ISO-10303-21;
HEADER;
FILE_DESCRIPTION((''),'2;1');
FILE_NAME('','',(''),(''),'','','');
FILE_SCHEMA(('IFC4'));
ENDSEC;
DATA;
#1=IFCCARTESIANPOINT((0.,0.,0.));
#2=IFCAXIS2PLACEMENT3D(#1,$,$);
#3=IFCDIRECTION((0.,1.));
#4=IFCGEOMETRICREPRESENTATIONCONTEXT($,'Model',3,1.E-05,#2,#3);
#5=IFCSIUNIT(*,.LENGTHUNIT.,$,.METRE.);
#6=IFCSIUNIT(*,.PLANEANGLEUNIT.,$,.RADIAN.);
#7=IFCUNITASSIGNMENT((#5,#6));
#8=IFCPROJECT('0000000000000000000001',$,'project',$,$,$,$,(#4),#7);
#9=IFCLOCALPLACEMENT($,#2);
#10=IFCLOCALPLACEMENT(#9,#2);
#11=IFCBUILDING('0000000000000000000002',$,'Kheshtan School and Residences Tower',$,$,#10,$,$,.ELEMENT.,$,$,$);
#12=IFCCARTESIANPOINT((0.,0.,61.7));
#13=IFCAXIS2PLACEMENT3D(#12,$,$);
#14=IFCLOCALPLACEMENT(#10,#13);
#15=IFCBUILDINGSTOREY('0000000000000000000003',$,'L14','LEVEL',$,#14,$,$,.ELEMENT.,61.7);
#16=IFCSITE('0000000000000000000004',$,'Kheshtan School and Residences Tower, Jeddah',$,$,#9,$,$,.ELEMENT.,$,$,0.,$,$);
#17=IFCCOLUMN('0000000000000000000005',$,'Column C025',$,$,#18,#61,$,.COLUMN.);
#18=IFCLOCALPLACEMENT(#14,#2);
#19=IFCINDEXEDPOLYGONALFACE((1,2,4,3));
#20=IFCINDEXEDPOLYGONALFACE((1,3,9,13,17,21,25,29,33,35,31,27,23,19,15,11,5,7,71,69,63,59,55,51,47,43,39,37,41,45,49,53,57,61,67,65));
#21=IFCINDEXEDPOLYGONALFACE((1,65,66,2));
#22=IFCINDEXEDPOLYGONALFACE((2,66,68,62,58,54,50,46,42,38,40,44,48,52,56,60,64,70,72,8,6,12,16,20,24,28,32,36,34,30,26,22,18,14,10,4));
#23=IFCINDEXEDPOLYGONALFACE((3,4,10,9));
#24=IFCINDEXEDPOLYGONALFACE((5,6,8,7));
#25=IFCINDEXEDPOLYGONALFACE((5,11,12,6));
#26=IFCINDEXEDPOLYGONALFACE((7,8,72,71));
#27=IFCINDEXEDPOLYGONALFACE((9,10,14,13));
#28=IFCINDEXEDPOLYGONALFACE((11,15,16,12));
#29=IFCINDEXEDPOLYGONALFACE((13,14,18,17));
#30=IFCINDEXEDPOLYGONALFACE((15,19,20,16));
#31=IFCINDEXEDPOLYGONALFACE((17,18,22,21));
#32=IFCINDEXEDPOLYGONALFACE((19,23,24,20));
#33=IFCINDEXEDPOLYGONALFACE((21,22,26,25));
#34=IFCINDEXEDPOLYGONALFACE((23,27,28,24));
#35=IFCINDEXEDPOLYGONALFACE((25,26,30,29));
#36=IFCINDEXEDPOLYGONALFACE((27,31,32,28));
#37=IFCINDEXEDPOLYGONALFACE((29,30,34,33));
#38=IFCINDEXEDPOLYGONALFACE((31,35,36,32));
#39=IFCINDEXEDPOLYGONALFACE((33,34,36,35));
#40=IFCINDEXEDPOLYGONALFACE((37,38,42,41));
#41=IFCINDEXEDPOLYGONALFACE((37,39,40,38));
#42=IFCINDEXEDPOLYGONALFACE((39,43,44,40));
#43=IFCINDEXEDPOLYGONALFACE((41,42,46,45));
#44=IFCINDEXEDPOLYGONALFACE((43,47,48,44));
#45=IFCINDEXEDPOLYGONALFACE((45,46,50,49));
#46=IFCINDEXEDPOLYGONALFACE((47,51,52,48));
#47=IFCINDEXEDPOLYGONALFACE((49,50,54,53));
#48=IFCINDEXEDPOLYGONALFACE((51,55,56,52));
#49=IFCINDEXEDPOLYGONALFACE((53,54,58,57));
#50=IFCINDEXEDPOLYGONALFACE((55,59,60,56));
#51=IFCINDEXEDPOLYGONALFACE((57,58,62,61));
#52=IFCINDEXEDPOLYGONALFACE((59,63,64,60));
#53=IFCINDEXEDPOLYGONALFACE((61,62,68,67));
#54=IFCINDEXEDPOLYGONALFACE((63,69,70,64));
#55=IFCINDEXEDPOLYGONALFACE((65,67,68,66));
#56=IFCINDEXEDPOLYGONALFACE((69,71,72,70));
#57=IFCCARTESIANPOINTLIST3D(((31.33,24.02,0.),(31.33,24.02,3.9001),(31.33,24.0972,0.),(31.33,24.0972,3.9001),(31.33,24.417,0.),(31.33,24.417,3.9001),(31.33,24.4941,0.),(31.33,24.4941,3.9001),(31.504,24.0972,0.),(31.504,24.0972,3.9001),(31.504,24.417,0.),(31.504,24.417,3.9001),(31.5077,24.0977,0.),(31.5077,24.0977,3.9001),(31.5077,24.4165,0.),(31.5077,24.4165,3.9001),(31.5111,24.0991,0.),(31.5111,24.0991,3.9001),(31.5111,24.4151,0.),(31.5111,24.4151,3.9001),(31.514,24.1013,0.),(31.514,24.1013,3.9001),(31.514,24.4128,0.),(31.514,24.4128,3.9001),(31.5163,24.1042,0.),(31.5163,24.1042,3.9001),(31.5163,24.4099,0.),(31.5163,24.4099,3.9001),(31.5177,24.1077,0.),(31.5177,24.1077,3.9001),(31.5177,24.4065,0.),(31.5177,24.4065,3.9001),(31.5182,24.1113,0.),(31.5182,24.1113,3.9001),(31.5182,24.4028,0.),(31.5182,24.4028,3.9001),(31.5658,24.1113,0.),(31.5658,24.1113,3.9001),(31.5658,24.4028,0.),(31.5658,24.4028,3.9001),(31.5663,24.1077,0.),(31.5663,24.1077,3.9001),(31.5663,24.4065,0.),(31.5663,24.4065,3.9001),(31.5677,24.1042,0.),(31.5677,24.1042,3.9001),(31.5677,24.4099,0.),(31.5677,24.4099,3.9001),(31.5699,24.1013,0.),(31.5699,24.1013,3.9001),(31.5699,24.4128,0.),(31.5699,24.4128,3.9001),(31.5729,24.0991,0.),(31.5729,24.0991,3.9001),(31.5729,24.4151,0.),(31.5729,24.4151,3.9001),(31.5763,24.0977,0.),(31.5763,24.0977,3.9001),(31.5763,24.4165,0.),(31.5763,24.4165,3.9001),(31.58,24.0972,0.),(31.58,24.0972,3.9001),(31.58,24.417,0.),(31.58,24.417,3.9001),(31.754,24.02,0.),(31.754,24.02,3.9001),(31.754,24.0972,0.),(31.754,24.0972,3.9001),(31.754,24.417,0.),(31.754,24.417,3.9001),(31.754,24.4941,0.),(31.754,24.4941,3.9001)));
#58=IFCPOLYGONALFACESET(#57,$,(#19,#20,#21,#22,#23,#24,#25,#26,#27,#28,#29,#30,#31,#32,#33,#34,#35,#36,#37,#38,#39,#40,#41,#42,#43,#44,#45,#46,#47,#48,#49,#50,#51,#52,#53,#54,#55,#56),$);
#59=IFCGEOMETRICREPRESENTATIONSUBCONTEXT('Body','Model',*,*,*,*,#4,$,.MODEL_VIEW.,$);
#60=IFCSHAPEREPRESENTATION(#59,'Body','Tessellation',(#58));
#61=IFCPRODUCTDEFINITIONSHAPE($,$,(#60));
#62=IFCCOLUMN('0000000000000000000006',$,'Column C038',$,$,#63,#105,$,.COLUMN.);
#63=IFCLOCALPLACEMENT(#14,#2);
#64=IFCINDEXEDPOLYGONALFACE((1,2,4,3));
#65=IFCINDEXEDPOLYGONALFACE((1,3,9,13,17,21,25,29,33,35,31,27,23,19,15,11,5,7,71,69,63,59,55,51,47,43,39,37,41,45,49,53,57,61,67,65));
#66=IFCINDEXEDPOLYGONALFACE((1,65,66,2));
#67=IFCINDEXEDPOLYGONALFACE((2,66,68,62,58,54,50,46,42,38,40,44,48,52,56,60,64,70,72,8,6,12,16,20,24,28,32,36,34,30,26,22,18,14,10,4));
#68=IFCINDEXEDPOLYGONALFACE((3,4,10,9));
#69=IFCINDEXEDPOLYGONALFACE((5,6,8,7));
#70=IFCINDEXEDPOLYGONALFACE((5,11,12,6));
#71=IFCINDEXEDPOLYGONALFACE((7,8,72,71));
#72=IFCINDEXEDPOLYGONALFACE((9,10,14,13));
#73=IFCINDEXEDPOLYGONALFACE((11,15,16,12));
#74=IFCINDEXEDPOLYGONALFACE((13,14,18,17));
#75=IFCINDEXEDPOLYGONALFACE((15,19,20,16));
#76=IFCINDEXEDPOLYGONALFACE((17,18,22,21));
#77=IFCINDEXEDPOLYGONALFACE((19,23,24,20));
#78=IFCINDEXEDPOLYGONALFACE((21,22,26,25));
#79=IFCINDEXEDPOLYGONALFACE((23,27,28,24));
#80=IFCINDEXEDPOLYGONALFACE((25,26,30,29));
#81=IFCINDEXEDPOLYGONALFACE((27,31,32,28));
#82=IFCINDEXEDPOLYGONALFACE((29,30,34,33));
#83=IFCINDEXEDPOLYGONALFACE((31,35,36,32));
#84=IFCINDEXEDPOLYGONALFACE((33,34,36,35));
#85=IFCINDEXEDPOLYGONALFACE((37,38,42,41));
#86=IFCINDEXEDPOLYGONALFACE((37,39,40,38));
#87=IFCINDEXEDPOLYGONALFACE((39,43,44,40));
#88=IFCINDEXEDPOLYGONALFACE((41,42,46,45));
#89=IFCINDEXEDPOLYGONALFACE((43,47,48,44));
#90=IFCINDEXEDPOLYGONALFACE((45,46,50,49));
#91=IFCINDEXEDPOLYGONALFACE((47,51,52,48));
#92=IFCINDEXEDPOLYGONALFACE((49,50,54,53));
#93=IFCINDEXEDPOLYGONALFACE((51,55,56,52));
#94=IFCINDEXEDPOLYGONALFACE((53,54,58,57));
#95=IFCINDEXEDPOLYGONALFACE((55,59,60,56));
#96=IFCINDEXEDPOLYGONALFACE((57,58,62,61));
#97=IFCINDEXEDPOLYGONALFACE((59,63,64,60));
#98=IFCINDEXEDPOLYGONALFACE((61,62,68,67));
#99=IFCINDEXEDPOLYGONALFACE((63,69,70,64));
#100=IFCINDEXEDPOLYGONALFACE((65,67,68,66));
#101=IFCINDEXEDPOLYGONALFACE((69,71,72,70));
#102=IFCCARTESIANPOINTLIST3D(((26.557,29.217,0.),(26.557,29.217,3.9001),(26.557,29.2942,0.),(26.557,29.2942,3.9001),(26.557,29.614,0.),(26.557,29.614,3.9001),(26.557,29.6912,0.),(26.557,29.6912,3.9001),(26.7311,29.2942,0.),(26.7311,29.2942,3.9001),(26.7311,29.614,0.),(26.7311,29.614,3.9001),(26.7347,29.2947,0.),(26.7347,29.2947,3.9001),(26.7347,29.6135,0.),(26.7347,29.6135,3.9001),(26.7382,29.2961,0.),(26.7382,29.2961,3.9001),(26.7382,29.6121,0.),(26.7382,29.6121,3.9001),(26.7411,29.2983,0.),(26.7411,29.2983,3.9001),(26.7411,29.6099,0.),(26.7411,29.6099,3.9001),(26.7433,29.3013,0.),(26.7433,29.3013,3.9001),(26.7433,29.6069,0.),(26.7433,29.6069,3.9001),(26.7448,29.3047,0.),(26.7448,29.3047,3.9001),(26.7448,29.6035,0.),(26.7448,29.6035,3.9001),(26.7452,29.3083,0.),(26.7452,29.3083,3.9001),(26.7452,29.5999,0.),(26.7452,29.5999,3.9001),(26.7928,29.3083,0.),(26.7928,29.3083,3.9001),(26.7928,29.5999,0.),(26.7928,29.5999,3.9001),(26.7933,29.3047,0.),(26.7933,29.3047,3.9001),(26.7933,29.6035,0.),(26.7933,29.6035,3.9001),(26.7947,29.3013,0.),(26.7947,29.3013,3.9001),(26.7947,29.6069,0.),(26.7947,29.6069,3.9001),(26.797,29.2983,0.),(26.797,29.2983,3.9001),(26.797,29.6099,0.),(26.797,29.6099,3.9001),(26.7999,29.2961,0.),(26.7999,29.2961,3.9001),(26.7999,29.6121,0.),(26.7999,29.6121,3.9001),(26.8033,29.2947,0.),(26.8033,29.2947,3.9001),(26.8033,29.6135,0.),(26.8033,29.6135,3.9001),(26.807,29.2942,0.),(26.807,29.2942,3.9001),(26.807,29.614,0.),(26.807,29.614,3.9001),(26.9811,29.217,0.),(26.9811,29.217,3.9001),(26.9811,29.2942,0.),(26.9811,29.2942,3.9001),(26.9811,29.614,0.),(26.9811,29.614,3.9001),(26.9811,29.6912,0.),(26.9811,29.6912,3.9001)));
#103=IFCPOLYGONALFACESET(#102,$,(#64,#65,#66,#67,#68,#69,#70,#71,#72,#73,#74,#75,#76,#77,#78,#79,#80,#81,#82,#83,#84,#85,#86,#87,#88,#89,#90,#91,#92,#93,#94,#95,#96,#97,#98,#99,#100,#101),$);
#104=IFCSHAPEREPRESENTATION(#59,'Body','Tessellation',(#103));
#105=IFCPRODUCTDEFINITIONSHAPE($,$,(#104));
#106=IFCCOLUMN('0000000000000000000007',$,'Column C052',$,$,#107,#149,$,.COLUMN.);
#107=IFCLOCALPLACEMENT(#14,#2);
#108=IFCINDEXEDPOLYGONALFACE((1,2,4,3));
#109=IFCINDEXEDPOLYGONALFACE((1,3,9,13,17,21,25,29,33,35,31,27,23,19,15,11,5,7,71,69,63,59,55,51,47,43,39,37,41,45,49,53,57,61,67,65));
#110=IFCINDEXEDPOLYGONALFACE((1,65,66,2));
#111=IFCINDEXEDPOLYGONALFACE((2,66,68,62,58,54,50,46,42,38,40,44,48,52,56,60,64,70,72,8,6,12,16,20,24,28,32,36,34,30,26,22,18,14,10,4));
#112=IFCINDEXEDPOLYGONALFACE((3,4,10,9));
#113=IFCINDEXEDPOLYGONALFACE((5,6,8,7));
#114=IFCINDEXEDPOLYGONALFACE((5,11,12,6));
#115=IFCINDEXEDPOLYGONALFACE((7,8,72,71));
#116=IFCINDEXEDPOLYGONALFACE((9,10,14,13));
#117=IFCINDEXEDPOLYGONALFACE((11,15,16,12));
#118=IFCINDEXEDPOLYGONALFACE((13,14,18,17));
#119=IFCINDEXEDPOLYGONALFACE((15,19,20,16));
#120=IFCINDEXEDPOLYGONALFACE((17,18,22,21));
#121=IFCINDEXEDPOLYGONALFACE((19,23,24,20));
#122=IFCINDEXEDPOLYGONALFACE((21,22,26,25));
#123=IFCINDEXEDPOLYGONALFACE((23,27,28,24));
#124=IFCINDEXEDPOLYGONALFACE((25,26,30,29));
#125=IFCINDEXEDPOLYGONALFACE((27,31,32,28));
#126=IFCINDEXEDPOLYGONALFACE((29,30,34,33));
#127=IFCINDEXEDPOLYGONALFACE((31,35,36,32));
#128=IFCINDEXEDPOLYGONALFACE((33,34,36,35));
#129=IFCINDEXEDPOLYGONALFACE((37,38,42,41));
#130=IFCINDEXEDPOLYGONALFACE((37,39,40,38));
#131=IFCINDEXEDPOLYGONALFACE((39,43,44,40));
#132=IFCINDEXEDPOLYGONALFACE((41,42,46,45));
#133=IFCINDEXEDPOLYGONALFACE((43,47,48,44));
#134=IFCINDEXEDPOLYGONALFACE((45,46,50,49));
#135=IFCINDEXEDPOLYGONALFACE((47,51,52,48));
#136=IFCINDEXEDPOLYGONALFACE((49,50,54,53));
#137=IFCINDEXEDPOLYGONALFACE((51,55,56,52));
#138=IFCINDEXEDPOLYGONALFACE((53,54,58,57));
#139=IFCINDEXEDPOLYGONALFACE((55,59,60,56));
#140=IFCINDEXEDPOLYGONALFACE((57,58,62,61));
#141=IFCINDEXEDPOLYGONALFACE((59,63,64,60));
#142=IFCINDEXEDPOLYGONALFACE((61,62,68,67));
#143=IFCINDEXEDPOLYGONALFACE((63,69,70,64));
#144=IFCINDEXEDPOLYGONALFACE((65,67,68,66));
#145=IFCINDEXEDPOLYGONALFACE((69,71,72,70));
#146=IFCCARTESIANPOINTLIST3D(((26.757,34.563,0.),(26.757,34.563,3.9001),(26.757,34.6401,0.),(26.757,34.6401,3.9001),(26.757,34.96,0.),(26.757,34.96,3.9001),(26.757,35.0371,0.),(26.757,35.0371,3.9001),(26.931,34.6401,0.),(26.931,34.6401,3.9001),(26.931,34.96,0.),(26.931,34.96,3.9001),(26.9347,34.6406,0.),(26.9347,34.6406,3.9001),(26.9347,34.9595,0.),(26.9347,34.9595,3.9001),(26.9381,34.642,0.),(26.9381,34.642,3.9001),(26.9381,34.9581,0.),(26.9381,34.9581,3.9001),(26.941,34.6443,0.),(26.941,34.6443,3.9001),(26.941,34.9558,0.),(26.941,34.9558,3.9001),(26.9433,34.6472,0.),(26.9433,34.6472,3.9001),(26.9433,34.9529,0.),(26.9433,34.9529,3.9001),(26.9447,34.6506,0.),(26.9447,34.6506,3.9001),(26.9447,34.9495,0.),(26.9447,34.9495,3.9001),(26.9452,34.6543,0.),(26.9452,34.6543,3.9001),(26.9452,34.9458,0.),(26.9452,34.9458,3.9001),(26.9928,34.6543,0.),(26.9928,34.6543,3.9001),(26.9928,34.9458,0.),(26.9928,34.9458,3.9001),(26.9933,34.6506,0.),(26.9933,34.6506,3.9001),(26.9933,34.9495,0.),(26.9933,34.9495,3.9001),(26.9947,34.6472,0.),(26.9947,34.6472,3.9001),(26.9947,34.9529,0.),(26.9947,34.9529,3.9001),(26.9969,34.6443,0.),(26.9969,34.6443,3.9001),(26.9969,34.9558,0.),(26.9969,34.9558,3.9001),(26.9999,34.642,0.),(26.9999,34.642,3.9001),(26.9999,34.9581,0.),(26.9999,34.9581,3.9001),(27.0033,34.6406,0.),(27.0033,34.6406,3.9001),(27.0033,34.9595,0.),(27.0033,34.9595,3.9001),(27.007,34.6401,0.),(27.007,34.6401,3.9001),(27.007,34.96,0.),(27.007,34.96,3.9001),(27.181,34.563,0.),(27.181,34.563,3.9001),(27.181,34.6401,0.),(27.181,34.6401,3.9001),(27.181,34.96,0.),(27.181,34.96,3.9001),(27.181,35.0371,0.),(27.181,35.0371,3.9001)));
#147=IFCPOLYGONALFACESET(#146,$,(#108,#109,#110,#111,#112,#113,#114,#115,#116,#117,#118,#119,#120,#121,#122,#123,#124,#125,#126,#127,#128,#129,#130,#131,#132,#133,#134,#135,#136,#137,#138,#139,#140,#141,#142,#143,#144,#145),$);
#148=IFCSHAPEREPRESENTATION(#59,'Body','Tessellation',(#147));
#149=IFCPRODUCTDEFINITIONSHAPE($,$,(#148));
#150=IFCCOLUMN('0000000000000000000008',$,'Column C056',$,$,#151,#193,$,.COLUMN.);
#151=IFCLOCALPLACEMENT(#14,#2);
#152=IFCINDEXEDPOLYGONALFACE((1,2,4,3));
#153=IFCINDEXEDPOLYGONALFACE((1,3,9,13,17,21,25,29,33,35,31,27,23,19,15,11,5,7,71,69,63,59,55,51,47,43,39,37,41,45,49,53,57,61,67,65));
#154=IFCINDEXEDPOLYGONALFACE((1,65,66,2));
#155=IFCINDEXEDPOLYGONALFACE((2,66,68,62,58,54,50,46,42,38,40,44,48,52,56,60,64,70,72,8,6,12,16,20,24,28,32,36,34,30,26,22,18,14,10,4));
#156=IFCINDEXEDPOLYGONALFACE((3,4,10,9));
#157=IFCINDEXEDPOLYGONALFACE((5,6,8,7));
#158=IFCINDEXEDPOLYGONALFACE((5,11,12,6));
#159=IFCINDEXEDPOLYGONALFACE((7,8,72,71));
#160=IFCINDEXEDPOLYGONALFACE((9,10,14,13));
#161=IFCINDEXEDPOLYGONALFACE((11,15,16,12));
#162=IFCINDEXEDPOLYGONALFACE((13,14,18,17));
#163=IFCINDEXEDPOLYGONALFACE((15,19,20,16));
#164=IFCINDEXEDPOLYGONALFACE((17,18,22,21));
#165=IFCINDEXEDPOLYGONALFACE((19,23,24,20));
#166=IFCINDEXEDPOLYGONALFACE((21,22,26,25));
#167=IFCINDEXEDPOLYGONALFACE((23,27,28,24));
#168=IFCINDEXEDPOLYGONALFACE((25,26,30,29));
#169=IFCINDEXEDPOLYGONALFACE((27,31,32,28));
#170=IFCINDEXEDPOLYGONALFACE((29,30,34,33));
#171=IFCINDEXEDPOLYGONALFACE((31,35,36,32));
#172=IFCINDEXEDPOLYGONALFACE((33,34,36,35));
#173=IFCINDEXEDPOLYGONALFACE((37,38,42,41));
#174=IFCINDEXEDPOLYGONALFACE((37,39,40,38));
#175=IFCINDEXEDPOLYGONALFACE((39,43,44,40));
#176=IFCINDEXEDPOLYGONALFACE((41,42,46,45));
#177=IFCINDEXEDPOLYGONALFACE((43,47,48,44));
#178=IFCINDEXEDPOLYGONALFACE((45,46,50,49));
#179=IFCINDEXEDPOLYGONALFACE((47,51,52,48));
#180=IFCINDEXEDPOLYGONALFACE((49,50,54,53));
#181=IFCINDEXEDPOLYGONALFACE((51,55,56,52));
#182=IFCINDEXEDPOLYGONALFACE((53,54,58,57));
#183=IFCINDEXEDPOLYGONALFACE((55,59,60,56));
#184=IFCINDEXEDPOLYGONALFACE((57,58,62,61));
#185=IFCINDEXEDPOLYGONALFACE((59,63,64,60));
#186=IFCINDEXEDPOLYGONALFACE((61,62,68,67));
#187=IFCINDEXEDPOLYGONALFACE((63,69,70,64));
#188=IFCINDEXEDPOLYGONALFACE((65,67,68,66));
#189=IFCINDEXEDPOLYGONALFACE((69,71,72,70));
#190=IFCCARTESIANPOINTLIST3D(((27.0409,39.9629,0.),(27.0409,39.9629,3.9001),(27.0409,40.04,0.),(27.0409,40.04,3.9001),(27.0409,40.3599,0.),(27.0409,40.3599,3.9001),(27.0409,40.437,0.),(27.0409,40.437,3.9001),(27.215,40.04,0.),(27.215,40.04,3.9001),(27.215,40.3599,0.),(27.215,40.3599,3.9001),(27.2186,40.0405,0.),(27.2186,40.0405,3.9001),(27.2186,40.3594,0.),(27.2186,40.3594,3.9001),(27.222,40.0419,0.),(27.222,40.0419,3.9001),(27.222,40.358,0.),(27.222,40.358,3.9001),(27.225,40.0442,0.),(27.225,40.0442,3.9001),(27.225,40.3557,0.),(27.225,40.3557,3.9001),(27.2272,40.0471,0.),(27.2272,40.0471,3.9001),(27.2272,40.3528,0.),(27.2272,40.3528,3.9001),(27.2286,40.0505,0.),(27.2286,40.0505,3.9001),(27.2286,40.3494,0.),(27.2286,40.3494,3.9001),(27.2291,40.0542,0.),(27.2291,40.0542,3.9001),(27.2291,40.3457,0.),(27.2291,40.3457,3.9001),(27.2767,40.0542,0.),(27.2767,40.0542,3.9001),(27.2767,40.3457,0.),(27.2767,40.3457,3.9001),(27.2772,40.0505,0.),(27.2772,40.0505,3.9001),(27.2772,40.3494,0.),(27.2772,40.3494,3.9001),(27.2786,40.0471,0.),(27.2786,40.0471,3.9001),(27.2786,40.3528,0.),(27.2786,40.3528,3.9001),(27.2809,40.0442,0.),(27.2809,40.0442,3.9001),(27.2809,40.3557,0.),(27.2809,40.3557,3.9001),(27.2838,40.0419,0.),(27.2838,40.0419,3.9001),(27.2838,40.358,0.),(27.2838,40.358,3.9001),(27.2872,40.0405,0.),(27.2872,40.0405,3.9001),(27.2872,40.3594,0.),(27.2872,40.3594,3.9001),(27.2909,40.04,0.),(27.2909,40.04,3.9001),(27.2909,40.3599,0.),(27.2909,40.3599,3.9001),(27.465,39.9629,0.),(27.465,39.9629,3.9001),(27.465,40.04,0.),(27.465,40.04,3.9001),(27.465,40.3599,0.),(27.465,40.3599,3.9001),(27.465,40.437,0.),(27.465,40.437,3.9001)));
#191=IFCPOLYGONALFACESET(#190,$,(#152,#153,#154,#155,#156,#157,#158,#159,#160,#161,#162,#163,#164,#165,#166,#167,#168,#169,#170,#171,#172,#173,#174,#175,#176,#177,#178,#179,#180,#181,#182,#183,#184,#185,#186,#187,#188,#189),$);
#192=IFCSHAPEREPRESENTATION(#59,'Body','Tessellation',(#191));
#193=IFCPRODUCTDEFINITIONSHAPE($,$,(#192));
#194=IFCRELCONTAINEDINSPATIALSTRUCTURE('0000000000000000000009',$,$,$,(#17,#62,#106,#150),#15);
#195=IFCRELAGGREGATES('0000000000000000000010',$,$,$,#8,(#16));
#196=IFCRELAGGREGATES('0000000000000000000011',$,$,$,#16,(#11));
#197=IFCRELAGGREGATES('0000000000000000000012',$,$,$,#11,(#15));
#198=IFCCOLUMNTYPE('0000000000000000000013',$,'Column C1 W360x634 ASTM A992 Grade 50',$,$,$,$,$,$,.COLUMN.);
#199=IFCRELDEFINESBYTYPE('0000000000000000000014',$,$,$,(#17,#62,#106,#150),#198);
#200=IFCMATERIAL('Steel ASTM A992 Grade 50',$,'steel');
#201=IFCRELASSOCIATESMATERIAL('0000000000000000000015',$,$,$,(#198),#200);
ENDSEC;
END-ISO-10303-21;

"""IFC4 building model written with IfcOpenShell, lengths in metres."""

from ifc_helpers import new_model, si_unit, direction, frame, origin, origin_2d, place, context, subcontext, project, spatial, i_section, extrude, material, material_profile, profile_set, type_object, element, save


model = new_model("IFC4")

# Units and contexts
model_context = context("Model", 3, precision=1e-05, world=origin(), true_north=direction((0.0, 1.0)))
body_context = subcontext(model_context, "Body", "Model", "MODEL_VIEW")
ifc_project = project(units=[si_unit("LENGTHUNIT", "METRE"), si_unit("PLANEANGLEUNIT", "RADIAN")], contexts=[model_context])

# Site, building, storey
site_placement = place(None, origin())
site = spatial("IfcSite", under=ifc_project, at=site_placement, Name="Kheshtan School and Residences Tower, Jeddah", CompositionType="ELEMENT", RefElevation=0.0)
building_placement = place(site_placement, origin())
building = spatial("IfcBuilding", under=site, at=building_placement, Name="Kheshtan School and Residences Tower", CompositionType="ELEMENT")
storey_placement = place(building_placement, frame((0.0, 0.0, 61.7)))
storey = spatial("IfcBuildingStorey", under=building, at=storey_placement, Name="L14", Description="LEVEL", CompositionType="ELEMENT", Elevation=61.7)

# Columns
ifc_material_1 = material(Name="Steel ASTM A992 Grade 50", Category="steel")
ifc_material_profile_1 = material_profile(ifc_material_1, i_section(OverallWidth=0.4241, OverallDepth=0.4741, WebThickness=0.0476, FlangeThickness=0.0771, FilletRadius=0.0142, at=origin_2d()), Name="W360x634")
ifc_profile_set_1 = profile_set([ifc_material_profile_1], Name="Steel ASTM A992 Grade 50")
column_type = type_object("IfcColumnType", Name="Column C1 W360x634 ASTM A992 Grade 50", PredefinedType="COLUMN", material=ifc_profile_set_1)
for number, where, z_axis, x_axis, name in (
    (1, (31.542, 24.2571, 0.0), (0.0, 0.0, 1.0), (1.0, 0.0, 0.0), "Column C025"),
    (2, (26.769, 29.4541, 0.0), (0.0, 0.0, 1.0), (1.0, 0.0, 0.0), "Column C038"),
    (3, (26.969, 34.8, 0.0), (0.0, 0.0, 1.0), (1.0, 0.0, 0.0), "Column C052"),
    (4, (27.2529, 40.2, 0.0), (0.0, 0.0, 1.0), (1.0, 0.0, 0.0), "Column C056"),
):
    element("IfcColumn", number, at=place(storey_placement, frame(where, z_axis=z_axis, x_axis=x_axis)), inside=storey, type_object=column_type, Name=name, PredefinedType="COLUMN", context=body_context, shape_type="SweptSolid", body=[
        extrude(i_section(OverallWidth=0.4241, OverallDepth=0.4741, WebThickness=0.0476, FlangeThickness=0.0771, FilletRadius=0.0142, at=origin_2d()), origin(), (0.0, 0.0, 1.0), 3.9001),
    ])

save(model, "model.ifc")
